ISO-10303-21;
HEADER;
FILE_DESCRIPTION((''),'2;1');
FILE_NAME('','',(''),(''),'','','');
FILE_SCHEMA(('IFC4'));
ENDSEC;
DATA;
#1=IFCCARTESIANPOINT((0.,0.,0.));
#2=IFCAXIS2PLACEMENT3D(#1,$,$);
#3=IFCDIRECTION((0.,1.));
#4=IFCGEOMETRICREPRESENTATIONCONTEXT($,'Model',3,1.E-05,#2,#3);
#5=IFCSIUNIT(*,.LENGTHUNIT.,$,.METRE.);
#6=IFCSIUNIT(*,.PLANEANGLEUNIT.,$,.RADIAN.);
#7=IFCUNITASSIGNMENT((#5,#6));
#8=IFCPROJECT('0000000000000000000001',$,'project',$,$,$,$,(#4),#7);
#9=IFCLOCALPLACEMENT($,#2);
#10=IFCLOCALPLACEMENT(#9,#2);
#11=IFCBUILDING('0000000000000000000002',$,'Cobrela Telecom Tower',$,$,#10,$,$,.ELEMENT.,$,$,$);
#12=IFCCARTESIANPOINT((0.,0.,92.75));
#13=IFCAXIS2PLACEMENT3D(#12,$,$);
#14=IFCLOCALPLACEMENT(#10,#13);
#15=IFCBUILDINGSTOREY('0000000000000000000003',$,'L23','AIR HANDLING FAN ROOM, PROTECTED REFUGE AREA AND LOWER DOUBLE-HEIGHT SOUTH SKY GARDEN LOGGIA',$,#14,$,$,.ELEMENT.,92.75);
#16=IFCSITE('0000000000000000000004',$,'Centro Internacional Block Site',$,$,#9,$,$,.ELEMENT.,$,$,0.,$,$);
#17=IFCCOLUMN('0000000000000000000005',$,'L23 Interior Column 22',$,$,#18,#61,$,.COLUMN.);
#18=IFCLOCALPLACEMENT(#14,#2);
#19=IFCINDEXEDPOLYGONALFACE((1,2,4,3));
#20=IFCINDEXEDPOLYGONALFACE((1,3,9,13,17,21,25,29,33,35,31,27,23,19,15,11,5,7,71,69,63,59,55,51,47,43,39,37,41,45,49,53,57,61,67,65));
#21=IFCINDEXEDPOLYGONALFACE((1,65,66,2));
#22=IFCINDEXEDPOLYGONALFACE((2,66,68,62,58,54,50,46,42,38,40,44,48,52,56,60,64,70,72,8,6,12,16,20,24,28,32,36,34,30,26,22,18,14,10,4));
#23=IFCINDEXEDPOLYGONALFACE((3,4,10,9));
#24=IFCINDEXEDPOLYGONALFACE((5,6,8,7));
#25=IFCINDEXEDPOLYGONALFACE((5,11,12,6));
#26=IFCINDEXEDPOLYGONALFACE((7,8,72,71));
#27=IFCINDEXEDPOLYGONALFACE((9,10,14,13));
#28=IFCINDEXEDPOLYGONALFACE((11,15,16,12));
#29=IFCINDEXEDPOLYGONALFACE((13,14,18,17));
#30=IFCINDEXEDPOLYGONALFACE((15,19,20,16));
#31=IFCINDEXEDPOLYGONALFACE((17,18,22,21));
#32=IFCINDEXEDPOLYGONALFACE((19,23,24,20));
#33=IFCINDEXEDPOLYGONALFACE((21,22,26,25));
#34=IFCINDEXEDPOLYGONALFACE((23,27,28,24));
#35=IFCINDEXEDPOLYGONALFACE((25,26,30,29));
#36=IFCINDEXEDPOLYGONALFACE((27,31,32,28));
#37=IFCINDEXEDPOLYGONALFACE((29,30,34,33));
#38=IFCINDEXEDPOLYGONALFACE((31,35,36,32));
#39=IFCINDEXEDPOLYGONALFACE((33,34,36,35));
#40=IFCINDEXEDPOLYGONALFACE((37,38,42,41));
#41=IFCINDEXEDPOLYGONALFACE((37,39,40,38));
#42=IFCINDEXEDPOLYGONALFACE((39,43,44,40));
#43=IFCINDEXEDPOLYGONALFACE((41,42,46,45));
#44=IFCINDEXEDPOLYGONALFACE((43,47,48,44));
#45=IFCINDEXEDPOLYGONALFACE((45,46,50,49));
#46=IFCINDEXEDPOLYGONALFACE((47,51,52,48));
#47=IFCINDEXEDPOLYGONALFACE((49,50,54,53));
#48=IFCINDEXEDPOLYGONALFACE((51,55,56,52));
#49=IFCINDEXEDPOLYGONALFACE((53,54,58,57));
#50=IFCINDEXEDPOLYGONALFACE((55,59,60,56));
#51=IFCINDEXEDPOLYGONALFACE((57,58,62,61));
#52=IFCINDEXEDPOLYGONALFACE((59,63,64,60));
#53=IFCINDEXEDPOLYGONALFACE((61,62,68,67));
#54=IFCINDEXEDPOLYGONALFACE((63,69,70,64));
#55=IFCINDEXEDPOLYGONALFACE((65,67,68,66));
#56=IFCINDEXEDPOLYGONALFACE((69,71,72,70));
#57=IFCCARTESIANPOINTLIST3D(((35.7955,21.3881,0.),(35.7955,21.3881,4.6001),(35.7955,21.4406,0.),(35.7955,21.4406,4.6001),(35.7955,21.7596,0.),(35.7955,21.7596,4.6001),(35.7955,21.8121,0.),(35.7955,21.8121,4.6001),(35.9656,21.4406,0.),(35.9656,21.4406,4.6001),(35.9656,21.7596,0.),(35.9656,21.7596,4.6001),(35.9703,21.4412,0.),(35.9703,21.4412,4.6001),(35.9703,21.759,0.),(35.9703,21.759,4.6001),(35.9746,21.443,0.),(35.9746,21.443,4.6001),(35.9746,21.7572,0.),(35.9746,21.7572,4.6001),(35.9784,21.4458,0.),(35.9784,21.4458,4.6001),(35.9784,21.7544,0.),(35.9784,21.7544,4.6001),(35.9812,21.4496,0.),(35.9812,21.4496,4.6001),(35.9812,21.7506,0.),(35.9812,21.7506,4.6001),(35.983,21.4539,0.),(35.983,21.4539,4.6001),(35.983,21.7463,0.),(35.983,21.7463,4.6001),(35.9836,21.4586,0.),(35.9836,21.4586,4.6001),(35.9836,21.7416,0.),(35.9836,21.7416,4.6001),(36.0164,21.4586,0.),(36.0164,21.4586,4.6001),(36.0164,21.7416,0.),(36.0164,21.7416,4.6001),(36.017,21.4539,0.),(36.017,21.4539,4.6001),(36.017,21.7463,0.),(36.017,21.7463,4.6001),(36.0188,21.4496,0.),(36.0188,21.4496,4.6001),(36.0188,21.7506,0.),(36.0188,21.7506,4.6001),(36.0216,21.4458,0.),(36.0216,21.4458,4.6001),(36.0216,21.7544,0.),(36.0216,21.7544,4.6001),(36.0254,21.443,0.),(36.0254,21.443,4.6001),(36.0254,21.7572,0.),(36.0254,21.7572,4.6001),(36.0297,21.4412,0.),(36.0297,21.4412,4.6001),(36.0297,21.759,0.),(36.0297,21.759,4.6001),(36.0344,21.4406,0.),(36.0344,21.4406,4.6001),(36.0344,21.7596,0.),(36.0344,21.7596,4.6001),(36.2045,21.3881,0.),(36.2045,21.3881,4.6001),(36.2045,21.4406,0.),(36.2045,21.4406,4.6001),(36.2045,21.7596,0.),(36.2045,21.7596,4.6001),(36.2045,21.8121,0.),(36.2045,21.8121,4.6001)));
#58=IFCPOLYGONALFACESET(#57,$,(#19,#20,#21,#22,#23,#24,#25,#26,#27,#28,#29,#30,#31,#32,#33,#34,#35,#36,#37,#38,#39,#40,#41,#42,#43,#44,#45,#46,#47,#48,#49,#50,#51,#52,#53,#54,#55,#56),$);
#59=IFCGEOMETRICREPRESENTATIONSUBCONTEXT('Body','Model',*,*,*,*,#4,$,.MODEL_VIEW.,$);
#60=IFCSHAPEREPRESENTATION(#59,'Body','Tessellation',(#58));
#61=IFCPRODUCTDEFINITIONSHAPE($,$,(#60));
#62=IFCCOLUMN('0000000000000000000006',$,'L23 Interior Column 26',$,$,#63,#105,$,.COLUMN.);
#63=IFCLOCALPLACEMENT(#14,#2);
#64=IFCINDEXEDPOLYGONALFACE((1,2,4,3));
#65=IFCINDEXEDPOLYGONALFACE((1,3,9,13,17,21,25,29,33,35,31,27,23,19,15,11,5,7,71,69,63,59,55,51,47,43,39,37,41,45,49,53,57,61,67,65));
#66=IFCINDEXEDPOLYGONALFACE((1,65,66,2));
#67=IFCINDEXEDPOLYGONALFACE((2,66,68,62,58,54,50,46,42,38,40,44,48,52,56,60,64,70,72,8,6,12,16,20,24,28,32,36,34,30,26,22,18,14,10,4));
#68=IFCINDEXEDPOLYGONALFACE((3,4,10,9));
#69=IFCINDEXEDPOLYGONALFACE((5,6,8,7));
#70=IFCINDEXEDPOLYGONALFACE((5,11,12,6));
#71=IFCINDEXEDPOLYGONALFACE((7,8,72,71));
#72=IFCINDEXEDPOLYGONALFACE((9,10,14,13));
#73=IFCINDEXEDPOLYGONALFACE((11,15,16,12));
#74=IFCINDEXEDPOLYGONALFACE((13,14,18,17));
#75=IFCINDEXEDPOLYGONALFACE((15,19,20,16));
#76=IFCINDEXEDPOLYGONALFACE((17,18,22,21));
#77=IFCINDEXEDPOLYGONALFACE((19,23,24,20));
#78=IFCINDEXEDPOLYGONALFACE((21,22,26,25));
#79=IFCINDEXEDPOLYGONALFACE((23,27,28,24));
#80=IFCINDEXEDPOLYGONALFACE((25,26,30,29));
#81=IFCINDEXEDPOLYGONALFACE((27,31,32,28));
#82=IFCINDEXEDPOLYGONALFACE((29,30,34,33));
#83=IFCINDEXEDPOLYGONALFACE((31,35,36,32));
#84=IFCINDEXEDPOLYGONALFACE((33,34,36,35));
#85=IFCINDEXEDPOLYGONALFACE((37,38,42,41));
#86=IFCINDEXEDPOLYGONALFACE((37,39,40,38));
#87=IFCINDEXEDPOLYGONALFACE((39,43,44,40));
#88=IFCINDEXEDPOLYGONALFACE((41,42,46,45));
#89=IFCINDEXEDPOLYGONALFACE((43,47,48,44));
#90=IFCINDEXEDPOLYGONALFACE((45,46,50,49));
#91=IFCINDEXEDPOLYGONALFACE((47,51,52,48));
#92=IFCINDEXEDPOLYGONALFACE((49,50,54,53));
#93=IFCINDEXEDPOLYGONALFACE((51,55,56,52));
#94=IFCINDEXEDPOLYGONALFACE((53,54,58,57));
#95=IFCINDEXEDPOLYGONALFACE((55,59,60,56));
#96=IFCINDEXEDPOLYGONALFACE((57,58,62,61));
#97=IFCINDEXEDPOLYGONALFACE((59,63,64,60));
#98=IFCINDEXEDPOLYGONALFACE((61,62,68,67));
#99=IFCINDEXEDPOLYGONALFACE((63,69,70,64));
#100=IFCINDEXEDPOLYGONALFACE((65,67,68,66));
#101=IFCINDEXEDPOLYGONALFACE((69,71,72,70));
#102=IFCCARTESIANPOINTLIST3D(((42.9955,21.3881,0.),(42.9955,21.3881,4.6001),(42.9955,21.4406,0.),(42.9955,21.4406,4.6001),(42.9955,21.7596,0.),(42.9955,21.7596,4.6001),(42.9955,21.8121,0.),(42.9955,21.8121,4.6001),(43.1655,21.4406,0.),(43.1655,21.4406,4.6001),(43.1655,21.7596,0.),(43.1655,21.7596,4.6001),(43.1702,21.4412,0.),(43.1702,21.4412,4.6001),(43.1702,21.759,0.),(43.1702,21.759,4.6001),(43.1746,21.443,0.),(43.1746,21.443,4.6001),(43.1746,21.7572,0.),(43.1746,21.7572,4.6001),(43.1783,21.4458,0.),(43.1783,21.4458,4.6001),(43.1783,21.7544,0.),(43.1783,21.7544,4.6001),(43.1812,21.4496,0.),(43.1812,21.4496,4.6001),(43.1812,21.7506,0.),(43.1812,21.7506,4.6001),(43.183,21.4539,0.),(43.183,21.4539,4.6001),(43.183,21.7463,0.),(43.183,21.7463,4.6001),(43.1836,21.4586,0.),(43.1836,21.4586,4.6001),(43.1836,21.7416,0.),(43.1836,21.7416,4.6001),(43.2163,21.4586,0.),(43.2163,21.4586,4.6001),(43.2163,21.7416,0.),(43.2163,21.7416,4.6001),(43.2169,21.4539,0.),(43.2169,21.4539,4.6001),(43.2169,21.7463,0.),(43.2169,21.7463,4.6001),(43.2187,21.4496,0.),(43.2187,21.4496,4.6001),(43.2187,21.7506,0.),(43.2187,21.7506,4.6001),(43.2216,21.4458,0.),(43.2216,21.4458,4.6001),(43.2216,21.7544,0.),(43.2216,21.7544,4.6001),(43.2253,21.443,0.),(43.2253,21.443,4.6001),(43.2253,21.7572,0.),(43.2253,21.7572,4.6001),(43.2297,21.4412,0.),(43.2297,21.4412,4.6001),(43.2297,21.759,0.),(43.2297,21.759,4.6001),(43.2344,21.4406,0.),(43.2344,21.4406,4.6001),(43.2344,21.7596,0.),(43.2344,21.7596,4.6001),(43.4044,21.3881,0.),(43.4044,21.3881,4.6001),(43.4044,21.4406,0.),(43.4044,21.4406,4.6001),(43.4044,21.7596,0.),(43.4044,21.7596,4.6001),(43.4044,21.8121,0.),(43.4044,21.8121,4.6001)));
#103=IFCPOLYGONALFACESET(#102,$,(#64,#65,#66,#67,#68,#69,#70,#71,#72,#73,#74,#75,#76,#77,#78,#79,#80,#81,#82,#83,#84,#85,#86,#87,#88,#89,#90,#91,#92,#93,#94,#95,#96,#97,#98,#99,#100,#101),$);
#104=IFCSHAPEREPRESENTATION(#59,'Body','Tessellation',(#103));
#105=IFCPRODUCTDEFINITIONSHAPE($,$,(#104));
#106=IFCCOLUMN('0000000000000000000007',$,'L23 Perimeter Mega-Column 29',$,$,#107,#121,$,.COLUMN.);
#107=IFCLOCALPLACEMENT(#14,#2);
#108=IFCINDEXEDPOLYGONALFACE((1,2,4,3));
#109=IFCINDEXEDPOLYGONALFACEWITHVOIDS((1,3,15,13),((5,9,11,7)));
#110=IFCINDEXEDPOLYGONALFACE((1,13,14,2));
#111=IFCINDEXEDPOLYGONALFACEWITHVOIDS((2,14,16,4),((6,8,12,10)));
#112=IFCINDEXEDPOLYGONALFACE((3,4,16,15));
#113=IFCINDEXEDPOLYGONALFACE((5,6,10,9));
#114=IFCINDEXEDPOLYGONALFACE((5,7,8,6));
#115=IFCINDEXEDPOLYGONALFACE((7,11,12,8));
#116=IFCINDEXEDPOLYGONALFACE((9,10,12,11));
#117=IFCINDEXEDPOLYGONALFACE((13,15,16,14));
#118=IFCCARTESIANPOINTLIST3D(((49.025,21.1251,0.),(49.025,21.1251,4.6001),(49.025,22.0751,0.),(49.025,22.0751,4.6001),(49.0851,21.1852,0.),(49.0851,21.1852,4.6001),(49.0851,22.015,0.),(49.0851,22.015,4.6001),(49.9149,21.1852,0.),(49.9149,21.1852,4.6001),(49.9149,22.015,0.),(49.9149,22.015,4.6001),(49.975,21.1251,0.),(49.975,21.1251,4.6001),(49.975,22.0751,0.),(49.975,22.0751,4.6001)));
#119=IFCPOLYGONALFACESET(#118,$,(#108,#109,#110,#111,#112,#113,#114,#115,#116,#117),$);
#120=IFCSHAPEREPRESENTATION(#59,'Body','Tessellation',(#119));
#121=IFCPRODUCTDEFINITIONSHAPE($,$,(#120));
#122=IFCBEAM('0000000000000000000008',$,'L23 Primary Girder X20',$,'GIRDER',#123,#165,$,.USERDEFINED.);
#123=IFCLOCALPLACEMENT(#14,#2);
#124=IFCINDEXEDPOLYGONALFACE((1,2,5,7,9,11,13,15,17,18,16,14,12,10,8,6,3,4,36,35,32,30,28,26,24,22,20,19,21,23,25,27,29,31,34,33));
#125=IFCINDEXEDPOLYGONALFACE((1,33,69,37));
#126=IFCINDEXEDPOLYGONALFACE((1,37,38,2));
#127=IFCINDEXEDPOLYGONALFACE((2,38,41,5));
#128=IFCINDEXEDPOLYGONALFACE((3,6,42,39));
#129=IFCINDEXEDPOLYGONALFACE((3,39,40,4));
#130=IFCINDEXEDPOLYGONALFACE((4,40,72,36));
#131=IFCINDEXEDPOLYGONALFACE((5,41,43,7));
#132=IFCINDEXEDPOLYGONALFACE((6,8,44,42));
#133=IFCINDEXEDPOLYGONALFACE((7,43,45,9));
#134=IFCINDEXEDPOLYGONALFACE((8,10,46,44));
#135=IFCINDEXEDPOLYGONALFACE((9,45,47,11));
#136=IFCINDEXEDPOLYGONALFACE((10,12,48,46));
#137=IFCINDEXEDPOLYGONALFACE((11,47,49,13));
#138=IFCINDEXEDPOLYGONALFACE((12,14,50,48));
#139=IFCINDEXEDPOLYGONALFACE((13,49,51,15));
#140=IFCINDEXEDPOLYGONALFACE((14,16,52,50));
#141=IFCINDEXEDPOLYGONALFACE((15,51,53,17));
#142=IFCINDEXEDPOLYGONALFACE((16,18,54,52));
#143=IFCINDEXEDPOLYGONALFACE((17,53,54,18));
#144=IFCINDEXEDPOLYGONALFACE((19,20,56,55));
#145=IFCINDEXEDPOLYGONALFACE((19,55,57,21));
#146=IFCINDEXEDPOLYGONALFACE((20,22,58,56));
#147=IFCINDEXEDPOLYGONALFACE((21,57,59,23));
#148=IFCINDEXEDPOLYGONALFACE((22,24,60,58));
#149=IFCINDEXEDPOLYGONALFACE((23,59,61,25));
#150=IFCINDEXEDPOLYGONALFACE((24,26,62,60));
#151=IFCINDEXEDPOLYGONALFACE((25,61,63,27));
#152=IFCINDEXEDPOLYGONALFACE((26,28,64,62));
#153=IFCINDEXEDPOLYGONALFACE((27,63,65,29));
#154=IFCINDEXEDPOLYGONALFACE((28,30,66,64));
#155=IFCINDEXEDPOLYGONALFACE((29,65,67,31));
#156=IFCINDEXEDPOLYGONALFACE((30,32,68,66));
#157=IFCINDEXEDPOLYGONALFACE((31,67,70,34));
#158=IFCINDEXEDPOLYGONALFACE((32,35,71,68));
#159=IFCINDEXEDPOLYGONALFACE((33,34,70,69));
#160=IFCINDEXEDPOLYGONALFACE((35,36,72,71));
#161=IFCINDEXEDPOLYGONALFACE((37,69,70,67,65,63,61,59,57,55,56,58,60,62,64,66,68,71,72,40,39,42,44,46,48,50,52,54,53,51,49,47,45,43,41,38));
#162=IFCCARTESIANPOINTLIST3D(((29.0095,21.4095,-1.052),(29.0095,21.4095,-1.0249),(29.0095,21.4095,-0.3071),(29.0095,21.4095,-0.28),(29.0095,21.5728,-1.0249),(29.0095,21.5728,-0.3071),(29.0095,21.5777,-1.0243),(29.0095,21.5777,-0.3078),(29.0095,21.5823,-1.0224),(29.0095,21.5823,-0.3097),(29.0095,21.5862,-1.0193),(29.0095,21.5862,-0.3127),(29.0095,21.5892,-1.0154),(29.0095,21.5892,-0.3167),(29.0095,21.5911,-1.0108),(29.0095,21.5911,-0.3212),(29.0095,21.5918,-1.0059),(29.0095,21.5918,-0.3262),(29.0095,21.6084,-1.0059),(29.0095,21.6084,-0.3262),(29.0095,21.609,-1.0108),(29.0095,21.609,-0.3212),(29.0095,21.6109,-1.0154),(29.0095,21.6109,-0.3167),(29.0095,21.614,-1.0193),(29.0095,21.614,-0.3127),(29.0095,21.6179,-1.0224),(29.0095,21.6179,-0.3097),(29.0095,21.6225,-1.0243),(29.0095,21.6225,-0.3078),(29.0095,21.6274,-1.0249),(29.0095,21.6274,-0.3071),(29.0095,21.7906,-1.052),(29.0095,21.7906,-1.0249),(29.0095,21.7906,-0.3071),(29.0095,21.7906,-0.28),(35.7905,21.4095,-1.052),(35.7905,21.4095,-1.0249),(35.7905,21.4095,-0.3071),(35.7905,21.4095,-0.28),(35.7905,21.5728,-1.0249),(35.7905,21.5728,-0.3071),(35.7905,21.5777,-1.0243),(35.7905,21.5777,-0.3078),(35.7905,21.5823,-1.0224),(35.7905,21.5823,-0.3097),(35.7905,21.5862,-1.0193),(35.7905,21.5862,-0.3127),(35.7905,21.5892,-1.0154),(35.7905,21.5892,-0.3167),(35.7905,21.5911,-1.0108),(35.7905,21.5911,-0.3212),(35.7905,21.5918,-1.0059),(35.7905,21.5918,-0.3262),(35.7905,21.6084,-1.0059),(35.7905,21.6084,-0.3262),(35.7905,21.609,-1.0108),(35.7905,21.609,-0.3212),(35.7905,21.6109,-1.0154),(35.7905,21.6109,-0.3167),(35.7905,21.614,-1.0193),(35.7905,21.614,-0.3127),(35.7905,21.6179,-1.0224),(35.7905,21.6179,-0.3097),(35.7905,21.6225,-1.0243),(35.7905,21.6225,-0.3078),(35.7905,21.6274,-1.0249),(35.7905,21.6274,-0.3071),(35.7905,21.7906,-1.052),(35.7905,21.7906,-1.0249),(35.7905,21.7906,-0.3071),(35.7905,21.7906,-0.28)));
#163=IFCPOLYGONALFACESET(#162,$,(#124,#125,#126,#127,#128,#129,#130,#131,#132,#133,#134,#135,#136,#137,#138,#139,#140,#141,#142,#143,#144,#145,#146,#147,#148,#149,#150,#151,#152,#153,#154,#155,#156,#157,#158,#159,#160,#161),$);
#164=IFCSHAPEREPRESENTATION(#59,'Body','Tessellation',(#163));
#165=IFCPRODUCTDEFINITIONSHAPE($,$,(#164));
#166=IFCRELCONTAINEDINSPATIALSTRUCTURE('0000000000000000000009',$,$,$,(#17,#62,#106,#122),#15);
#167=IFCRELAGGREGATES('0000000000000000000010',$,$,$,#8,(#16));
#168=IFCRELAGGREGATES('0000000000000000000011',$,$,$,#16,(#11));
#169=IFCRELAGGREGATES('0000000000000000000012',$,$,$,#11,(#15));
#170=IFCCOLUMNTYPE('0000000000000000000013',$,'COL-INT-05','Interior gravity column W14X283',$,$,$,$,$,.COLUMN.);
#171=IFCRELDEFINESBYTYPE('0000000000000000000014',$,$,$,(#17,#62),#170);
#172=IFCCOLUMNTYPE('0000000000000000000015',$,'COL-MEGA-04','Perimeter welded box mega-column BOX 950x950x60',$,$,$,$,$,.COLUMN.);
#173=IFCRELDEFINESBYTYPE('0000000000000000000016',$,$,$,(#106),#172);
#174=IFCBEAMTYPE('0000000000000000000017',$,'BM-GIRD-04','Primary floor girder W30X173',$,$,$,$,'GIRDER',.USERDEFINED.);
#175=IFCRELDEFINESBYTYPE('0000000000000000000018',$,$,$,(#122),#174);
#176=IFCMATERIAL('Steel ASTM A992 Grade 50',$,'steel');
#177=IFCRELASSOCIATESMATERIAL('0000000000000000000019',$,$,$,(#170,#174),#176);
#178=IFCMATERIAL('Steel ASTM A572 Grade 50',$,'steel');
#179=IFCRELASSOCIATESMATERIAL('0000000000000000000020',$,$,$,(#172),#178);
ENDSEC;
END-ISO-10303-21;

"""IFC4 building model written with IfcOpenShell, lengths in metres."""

from ifc_helpers import new_model, si_unit, direction, frame, origin, origin_2d, place, context, subcontext, project, spatial, hollow_rectangle, i_section, extrude, material, material_profile, profile_set, type_object, element, save


model = new_model("IFC4")

# Units and contexts
model_context = context("Model", 3, precision=1e-05, world=origin(), true_north=direction((0.0, 1.0)))
body_context = subcontext(model_context, "Body", "Model", "MODEL_VIEW")
ifc_project = project(units=[si_unit("LENGTHUNIT", "METRE"), si_unit("PLANEANGLEUNIT", "RADIAN")], contexts=[model_context])

# Site, building, storey
site_placement = place(None, origin())
site = spatial("IfcSite", under=ifc_project, at=site_placement, Name="Centro Internacional Block Site", CompositionType="ELEMENT", RefElevation=0.0)
building_placement = place(site_placement, origin())
building = spatial("IfcBuilding", under=site, at=building_placement, Name="Cobrela Telecom Tower", CompositionType="ELEMENT")
storey_placement = place(building_placement, frame((0.0, 0.0, 92.75)))
storey = spatial("IfcBuildingStorey", under=building, at=storey_placement, Name="L23", Description="AIR HANDLING FAN ROOM, PROTECTED REFUGE AREA AND LOWER DOUBLE-HEIGHT SOUTH SKY GARDEN LOGGIA", CompositionType="ELEMENT", Elevation=92.75)

# Columns
ifc_material_1 = material(Name="Steel ASTM A992 Grade 50", Category="steel")
ifc_material_profile_1 = material_profile(ifc_material_1, i_section(OverallWidth=0.4089, OverallDepth=0.4241, WebThickness=0.0327, FlangeThickness=0.0525, FilletRadius=0.0181, at=origin_2d()), Name="W14X283")
ifc_profile_set_1 = profile_set([ifc_material_profile_1], Name="Steel ASTM A992 Grade 50")
column_type_1 = type_object("IfcColumnType", Name="COL-INT-05", Description="Interior gravity column W14X283", PredefinedType="COLUMN", material=ifc_profile_set_1)
for number, where, z_axis, x_axis, name in (
    (1, (36.0, 21.6001, 0.0), (0.0, 0.0, 1.0), (1.0, 0.0, 0.0), "L23 Interior Column 22"),
    (2, (43.2, 21.6001, 0.0), (0.0, 0.0, 1.0), (1.0, 0.0, 0.0), "L23 Interior Column 26"),
):
    element("IfcColumn", number, at=place(storey_placement, frame(where, z_axis=z_axis, x_axis=x_axis)), inside=storey, type_object=column_type_1, Name=name, PredefinedType="COLUMN", context=body_context, shape_type="SweptSolid", body=[
        extrude(i_section(OverallWidth=0.4089, OverallDepth=0.4241, WebThickness=0.0327, FlangeThickness=0.0525, FilletRadius=0.0181, at=origin_2d()), origin(), (0.0, 0.0, 1.0), 4.6001),
    ])
ifc_material_2 = material(Name="Steel ASTM A572 Grade 50", Category="steel")
ifc_material_profile_2 = material_profile(ifc_material_2, hollow_rectangle(XDim=0.95, YDim=0.95, WallThickness=0.0601, at=origin_2d()), Name="BOX 950x950x60")
ifc_profile_set_2 = profile_set([ifc_material_profile_2], Name="Steel ASTM A572 Grade 50")
column_type_2 = type_object("IfcColumnType", Name="COL-MEGA-04", Description="Perimeter welded box mega-column BOX 950x950x60", PredefinedType="COLUMN", material=ifc_profile_set_2)
column_placement = place(storey_placement, frame((49.5, 21.6001, 0.0), z_axis=(0.0, 0.0, 1.0), x_axis=(1.0, 0.0, 0.0)))
element("IfcColumn", 3, at=column_placement, inside=storey, type_object=column_type_2, Name="L23 Perimeter Mega-Column 29", PredefinedType="COLUMN", context=body_context, shape_type="SweptSolid", body=[
    extrude(hollow_rectangle(XDim=0.95, YDim=0.95, WallThickness=0.0601, at=origin_2d()), origin(), (0.0, 0.0, 1.0), 4.6001),
])

# Beam
ifc_material_profile_3 = material_profile(ifc_material_1, i_section(OverallWidth=0.3811, OverallDepth=0.772, WebThickness=0.0166, FlangeThickness=0.0271, FilletRadius=0.019, at=origin_2d()), Name="W30X173")
ifc_profile_set_3 = profile_set([ifc_material_profile_3], Name="Steel ASTM A992 Grade 50")
beam_type_1 = type_object("IfcBeamType", Name="BM-GIRD-04", Description="Primary floor girder W30X173", ElementType="GIRDER", PredefinedType="USERDEFINED", material=ifc_profile_set_3)
for number, where, z_axis, x_axis, name in (
    (4, (29.0095, 21.6001, -0.666), (1.0, 0.0, 0.0), (0.0, 1.0, 0.0), "L23 Primary Girder X20"),
):
    element("IfcBeam", number, at=place(storey_placement, frame(where, z_axis=z_axis, x_axis=x_axis)), inside=storey, type_object=beam_type_1, Name=name, ObjectType="GIRDER", PredefinedType="USERDEFINED", context=body_context, shape_type="SweptSolid", body=[
        extrude(i_section(OverallWidth=0.3811, OverallDepth=0.772, WebThickness=0.0166, FlangeThickness=0.0271, FilletRadius=0.019, at=origin_2d()), origin(), (0.0, 0.0, 1.0), 6.781),
    ])

save(model, "model.ifc")
